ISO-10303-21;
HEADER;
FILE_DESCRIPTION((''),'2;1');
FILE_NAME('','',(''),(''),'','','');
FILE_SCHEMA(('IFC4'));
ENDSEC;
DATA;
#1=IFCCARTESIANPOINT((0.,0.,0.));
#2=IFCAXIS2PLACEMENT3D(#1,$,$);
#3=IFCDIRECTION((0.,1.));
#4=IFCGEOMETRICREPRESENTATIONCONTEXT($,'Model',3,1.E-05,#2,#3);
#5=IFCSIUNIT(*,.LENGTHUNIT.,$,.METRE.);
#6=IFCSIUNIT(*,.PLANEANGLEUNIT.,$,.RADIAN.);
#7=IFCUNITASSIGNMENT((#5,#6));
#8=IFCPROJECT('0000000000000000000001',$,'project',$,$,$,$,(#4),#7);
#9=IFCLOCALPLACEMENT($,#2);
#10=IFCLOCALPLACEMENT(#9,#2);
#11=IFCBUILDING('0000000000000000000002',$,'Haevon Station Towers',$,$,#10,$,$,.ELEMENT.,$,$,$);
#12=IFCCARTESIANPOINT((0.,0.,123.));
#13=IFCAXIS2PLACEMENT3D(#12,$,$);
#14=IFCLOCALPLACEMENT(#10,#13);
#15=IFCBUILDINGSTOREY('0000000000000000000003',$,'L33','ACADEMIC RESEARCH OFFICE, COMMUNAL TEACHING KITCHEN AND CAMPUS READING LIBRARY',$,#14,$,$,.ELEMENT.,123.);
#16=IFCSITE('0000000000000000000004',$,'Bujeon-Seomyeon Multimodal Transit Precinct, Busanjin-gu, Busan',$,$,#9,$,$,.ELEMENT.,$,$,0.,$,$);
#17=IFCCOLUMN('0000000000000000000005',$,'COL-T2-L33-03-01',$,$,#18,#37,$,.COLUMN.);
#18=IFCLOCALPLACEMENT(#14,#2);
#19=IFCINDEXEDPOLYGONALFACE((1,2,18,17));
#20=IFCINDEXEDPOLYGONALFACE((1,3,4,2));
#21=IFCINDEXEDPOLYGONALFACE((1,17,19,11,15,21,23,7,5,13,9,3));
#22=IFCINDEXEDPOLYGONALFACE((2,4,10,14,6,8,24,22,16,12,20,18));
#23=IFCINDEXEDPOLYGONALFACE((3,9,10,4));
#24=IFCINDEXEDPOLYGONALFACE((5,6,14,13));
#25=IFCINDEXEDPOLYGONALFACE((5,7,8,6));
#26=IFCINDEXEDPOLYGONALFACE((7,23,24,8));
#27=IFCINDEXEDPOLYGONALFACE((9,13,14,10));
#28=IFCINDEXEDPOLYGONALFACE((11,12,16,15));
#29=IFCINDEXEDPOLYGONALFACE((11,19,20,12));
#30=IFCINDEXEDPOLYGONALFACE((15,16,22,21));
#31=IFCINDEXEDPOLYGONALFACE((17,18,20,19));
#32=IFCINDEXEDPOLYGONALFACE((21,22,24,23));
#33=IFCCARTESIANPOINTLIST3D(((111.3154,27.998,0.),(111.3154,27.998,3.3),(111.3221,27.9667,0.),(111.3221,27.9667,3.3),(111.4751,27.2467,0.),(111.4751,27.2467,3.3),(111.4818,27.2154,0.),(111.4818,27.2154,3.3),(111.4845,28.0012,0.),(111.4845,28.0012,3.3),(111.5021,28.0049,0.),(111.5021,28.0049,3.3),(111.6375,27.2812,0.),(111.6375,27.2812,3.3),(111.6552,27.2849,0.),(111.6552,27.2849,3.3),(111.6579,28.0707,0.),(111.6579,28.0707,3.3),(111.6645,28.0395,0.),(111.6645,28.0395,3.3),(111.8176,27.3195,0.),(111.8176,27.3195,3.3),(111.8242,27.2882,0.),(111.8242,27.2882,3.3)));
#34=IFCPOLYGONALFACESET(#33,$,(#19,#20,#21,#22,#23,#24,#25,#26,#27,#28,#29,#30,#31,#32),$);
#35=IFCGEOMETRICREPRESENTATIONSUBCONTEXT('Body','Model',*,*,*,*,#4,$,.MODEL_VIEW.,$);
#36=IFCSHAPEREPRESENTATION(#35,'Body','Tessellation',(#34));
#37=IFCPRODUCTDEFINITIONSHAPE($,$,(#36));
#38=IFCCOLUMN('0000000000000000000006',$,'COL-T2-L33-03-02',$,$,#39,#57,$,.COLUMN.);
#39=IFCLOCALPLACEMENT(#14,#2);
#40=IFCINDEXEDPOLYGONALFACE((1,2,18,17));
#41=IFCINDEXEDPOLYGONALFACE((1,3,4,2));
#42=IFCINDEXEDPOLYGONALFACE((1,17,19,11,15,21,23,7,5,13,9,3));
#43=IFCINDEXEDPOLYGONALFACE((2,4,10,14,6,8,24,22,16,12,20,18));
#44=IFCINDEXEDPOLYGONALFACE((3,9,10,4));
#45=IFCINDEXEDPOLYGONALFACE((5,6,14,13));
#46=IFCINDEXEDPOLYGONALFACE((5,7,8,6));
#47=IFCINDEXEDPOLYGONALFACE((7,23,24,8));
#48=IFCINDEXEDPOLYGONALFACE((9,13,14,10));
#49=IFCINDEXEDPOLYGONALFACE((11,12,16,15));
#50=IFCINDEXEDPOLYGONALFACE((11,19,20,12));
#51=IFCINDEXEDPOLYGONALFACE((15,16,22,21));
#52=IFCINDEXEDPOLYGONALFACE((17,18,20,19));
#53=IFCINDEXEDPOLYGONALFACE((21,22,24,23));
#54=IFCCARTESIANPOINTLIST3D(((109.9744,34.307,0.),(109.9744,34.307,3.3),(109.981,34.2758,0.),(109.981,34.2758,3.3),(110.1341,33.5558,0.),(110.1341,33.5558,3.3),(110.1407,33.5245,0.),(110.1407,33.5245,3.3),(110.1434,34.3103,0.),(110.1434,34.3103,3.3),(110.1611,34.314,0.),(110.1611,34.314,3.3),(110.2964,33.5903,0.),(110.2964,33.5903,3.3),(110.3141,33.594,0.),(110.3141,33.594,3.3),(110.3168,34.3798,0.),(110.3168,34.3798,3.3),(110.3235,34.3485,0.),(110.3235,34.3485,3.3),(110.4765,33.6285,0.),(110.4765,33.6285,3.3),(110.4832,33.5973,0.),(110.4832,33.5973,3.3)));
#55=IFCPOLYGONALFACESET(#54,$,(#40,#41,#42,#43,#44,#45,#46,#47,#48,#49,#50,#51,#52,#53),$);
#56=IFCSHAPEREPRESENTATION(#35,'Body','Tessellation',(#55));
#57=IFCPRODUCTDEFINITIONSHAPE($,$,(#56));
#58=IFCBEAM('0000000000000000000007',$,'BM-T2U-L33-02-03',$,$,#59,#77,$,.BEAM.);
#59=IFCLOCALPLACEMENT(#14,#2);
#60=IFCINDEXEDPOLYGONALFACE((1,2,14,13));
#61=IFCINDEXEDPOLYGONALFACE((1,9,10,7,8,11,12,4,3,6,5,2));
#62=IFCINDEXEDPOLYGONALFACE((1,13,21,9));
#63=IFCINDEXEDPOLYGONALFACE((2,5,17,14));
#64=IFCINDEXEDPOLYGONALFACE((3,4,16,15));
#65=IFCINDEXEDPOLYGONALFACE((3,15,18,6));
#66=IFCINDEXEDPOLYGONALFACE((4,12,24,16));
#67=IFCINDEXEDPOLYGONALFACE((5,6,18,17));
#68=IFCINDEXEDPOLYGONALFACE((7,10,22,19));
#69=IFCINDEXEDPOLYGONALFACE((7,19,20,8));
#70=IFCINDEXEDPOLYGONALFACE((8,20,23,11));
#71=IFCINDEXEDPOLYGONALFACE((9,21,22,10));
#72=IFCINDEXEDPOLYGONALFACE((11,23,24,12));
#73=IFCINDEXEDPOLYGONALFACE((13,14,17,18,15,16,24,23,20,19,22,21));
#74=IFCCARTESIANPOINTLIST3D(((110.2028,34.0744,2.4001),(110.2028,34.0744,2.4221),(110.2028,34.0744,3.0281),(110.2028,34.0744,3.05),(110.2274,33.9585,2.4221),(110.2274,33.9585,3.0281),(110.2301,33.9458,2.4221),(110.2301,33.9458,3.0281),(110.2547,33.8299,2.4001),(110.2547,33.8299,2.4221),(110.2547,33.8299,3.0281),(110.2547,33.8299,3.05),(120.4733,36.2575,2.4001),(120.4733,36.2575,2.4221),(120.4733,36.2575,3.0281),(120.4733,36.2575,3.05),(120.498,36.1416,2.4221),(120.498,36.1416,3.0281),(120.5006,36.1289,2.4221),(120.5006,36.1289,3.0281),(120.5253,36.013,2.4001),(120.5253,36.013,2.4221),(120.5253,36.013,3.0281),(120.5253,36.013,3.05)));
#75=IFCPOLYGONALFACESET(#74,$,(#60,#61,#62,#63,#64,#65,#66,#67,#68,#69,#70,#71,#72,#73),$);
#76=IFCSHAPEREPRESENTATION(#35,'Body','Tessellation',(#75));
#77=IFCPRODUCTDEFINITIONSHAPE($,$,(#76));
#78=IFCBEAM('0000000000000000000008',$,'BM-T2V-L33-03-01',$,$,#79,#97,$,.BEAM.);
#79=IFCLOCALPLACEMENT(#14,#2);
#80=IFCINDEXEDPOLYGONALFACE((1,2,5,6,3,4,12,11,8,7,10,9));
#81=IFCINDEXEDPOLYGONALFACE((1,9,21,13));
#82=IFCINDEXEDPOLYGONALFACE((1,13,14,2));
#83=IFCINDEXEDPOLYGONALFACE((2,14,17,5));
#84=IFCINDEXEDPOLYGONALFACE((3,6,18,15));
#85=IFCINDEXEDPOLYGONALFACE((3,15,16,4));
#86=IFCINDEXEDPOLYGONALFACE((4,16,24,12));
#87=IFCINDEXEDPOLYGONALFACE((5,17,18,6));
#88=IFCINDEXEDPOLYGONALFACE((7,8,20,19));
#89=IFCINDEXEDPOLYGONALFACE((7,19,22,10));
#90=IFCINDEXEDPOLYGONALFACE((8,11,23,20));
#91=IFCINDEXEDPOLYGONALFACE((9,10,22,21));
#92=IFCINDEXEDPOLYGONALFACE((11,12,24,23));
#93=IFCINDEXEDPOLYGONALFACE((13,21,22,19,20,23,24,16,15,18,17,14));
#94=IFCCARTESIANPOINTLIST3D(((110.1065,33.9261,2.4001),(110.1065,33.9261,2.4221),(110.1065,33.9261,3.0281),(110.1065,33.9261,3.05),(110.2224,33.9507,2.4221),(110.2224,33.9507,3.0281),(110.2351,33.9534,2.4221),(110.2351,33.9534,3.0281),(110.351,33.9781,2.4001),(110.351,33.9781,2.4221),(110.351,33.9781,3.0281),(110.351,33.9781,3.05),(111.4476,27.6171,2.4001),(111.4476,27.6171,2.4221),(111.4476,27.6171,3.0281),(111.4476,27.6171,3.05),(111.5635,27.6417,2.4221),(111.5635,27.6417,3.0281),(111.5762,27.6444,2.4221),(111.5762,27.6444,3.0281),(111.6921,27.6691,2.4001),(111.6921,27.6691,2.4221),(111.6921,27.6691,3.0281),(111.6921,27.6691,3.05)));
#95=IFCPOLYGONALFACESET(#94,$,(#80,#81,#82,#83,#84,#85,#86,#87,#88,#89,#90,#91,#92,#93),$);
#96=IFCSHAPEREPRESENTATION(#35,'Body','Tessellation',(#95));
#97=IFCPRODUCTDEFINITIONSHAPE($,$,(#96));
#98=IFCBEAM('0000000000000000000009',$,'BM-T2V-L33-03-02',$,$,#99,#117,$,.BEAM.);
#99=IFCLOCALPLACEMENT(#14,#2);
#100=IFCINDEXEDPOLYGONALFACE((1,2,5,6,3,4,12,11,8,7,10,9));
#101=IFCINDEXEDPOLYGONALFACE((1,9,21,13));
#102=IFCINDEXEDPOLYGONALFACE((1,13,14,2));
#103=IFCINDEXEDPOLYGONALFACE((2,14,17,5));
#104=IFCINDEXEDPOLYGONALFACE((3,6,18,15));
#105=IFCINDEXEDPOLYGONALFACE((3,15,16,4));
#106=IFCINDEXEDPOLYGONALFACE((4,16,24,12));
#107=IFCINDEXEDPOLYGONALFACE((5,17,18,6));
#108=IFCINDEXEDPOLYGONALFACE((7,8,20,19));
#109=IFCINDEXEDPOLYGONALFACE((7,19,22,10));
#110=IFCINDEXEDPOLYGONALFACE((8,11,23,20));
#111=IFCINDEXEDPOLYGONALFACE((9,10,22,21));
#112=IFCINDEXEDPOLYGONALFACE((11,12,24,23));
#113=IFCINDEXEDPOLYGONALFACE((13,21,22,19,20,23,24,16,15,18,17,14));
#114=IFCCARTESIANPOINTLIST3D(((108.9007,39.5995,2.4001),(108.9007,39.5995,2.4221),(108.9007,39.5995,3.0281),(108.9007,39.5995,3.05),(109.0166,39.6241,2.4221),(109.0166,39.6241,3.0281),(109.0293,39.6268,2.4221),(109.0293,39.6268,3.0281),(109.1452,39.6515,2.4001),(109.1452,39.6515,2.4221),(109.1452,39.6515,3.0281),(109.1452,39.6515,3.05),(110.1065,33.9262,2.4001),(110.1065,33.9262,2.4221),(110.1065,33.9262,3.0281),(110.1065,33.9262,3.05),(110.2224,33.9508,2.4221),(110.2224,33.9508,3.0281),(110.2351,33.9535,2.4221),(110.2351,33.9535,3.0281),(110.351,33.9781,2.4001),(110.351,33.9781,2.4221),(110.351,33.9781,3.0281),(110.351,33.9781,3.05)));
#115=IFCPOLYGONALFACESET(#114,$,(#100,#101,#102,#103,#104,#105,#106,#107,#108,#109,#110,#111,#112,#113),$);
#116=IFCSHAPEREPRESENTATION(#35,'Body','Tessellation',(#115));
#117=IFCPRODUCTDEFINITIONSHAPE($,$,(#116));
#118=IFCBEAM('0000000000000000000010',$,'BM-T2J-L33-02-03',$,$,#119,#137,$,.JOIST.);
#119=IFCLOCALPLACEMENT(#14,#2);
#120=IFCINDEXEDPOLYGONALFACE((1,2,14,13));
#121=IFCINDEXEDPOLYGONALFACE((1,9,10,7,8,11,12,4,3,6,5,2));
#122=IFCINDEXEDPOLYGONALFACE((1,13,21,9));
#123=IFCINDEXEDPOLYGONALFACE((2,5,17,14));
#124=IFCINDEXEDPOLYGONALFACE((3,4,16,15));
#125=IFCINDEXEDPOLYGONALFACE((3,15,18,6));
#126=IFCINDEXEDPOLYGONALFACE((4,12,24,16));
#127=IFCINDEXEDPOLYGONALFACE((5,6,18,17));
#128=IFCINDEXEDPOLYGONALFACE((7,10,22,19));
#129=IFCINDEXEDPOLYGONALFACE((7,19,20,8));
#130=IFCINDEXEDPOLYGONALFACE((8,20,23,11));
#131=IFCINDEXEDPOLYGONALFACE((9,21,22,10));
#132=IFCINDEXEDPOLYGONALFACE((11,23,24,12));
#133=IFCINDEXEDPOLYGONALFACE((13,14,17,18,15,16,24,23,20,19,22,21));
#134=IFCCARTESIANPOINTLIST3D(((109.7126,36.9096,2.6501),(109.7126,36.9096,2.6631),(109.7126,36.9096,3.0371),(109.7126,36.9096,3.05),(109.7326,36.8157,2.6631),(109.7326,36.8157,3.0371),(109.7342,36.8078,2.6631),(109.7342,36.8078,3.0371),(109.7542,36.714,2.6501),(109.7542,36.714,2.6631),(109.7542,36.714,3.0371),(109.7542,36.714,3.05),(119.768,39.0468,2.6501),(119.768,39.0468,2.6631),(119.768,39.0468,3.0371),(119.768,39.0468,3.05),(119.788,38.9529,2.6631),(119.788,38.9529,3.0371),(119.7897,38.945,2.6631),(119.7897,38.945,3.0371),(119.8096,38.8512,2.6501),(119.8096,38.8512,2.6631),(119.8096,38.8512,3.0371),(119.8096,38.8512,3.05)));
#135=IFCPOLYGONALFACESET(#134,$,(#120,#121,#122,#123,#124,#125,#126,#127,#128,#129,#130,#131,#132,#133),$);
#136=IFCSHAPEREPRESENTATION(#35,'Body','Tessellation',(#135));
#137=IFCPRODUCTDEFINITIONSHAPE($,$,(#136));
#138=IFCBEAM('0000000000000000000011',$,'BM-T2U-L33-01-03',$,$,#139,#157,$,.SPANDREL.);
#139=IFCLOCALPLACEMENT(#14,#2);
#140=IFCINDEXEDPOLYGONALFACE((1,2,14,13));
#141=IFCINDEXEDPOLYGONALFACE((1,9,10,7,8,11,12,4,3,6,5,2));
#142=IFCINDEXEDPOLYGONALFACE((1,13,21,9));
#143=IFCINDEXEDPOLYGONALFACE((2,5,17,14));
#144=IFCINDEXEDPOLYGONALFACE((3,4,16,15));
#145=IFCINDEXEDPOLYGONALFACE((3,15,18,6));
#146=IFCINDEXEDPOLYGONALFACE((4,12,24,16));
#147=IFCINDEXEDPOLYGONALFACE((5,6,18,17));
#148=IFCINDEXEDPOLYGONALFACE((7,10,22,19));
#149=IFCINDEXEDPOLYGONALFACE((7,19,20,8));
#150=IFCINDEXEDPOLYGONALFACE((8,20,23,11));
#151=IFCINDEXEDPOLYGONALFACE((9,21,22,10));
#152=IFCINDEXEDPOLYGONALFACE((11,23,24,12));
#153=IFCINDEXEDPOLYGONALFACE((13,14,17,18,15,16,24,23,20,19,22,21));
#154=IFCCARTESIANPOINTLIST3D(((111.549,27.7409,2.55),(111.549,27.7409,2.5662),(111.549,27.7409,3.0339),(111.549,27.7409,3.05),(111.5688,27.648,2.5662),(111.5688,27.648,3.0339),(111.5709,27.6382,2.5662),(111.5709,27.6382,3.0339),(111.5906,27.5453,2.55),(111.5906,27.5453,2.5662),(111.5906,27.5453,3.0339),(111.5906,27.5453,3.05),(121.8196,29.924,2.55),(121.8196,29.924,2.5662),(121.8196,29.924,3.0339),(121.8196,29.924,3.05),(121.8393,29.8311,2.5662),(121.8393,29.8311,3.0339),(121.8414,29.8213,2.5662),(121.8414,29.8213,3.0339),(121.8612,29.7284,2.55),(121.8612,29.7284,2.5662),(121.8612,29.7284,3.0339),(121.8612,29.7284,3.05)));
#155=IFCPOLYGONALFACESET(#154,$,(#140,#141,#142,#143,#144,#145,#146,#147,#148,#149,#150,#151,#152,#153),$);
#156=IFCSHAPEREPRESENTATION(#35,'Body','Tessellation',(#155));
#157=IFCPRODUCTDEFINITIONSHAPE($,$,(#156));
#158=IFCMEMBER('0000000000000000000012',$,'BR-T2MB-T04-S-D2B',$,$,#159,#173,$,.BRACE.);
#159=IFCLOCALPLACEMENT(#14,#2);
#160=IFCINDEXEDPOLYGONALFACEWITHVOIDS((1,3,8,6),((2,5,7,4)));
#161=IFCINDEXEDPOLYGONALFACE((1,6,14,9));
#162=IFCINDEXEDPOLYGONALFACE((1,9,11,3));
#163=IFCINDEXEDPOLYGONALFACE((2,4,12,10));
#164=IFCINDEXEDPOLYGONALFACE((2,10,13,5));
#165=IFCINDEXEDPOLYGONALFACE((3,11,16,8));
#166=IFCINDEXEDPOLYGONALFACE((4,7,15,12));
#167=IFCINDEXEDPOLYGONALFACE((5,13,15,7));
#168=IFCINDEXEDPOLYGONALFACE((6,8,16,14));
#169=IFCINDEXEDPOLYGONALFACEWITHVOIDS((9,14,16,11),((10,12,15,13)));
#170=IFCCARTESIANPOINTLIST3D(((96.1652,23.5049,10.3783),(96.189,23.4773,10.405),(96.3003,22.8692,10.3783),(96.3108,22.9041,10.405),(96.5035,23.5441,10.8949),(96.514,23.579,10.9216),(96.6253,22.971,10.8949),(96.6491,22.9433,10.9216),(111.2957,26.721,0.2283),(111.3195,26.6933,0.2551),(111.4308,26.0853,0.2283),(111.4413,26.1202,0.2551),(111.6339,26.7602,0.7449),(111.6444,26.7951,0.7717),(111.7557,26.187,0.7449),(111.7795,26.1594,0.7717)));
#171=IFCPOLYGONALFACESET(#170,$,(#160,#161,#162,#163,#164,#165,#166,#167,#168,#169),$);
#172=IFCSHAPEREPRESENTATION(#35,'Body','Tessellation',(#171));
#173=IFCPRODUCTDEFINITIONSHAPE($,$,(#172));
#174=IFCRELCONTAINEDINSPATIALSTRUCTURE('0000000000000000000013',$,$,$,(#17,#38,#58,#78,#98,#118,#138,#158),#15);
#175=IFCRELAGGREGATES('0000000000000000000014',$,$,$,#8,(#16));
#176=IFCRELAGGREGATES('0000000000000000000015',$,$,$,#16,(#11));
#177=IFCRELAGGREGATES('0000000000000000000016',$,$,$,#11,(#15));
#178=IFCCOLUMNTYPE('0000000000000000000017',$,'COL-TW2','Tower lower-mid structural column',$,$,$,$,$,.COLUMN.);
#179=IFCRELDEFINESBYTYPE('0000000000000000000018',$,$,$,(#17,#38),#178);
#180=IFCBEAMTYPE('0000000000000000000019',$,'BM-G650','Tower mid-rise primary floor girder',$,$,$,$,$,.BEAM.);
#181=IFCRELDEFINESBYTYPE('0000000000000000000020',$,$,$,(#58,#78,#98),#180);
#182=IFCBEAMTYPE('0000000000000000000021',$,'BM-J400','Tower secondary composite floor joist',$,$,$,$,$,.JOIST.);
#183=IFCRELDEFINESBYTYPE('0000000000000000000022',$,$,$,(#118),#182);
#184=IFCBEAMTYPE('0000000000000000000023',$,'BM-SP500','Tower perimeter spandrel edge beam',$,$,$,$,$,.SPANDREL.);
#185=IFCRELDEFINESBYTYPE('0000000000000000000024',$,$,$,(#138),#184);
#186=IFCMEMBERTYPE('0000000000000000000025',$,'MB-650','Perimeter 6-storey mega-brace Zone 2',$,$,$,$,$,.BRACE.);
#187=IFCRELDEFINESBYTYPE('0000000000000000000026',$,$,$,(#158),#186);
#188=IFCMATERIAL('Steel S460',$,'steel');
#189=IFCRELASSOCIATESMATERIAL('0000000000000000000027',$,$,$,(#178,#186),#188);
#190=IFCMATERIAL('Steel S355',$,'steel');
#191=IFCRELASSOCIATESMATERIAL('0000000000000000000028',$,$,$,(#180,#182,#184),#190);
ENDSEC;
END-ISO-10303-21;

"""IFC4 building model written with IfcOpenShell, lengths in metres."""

from ifc_helpers import new_model, si_unit, direction, frame, origin, origin_2d, place, context, subcontext, project, spatial, hollow_rectangle, i_section, extrude, material, material_profile, profile_set, type_object, element, save


model = new_model("IFC4")

# Units and contexts
model_context = context("Model", 3, precision=1e-05, world=origin(), true_north=direction((0.0, 1.0)))
body_context = subcontext(model_context, "Body", "Model", "MODEL_VIEW")
ifc_project = project(units=[si_unit("LENGTHUNIT", "METRE"), si_unit("PLANEANGLEUNIT", "RADIAN")], contexts=[model_context])

# Site, building, storey
site_placement = place(None, origin())
site = spatial("IfcSite", under=ifc_project, at=site_placement, Name="Bujeon-Seomyeon Multimodal Transit Precinct, Busanjin-gu, Busan", CompositionType="ELEMENT", RefElevation=0.0)
building_placement = place(site_placement, origin())
building = spatial("IfcBuilding", under=site, at=building_placement, Name="Haevon Station Towers", CompositionType="ELEMENT")
storey_placement = place(building_placement, frame((0.0, 0.0, 123.0)))
storey = spatial("IfcBuildingStorey", under=building, at=storey_placement, Name="L33", Description="ACADEMIC RESEARCH OFFICE, COMMUNAL TEACHING KITCHEN AND CAMPUS READING LIBRARY", CompositionType="ELEMENT", Elevation=123.0)

# Columns
ifc_material_1 = material(Name="Steel S460", Category="steel")
ifc_material_profile_1 = material_profile(ifc_material_1, i_section(OverallWidth=0.3501, OverallDepth=0.8, WebThickness=0.0181, FlangeThickness=0.032, at=origin_2d()), Name="H-800x350x18x32")
ifc_profile_set_1 = profile_set([ifc_material_profile_1], Name="Steel S460")
column_type = type_object("IfcColumnType", Name="COL-TW2", Description="Tower lower-mid structural column", PredefinedType="COLUMN", material=ifc_profile_set_1)
for number, where, z_axis, x_axis, name in (
    (1, (111.5698, 27.6431, 0.0), (0.0, 0.0, 1.0), (0.978148, 0.207912, 0.0), "COL-T2-L33-03-01"),
    (2, (110.2288, 33.9521, 0.0), (0.0, 0.0, 1.0), (0.978148, 0.207912, 0.0), "COL-T2-L33-03-02"),
):
    element("IfcColumn", number, at=place(storey_placement, frame(where, z_axis=z_axis, x_axis=x_axis)), inside=storey, type_object=column_type, Name=name, PredefinedType="COLUMN", context=body_context, shape_type="SweptSolid", body=[
        extrude(i_section(OverallWidth=0.3501, OverallDepth=0.8, WebThickness=0.0181, FlangeThickness=0.032, at=origin_2d()), origin(), (0.0, 0.0, 1.0), 3.3),
    ])

# Beams
ifc_material_2 = material(Name="Steel S355", Category="steel")
ifc_material_profile_2 = material_profile(ifc_material_2, i_section(OverallWidth=0.25, OverallDepth=0.6499, WebThickness=0.0129, FlangeThickness=0.022, at=origin_2d()), Name="H-650x250x13x22")
ifc_profile_set_2 = profile_set([ifc_material_profile_2], Name="Steel S355")
beam_type_1 = type_object("IfcBeamType", Name="BM-G650", Description="Tower mid-rise primary floor girder", PredefinedType="BEAM", material=ifc_profile_set_2)
beam_1_placement = place(storey_placement, frame((110.2288, 33.9521, 2.7251), z_axis=(0.978147, 0.207915, 0.0), x_axis=(-0.207915, 0.978147, 0.0)))
element("IfcBeam", 3, at=beam_1_placement, inside=storey, type_object=beam_type_1, Name="BM-T2U-L33-02-03", PredefinedType="BEAM", context=body_context, shape_type="SweptSolid", body=[
    extrude(i_section(OverallWidth=0.25, OverallDepth=0.6499, WebThickness=0.0129, FlangeThickness=0.022, at=origin_2d()), origin(), (0.0, 0.0, 1.0), 10.5),
])
beam_2_placement = place(storey_placement, frame((111.5698, 27.6431, 2.7251), z_axis=(-0.207916, 0.978147, 0.0), x_axis=(-0.978147, -0.207916, 0.0)))
element("IfcBeam", 4, at=beam_2_placement, inside=storey, type_object=beam_type_1, Name="BM-T2V-L33-03-01", PredefinedType="BEAM", context=body_context, shape_type="SweptSolid", body=[
    extrude(i_section(OverallWidth=0.25, OverallDepth=0.6499, WebThickness=0.0129, FlangeThickness=0.022, at=origin_2d()), origin(), (0.0, 0.0, 1.0), 6.45),
])
beam_3_placement = place(storey_placement, frame((110.2288, 33.9521, 2.7251), z_axis=(-0.207896, 0.978151, 0.0), x_axis=(-0.978151, -0.207896, 0.0)))
element("IfcBeam", 5, at=beam_3_placement, inside=storey, type_object=beam_type_1, Name="BM-T2V-L33-03-02", PredefinedType="BEAM", context=body_context, shape_type="SweptSolid", body=[
    extrude(i_section(OverallWidth=0.25, OverallDepth=0.6499, WebThickness=0.0129, FlangeThickness=0.022, at=origin_2d()), origin(), (0.0, 0.0, 1.0), 5.8),
])
ifc_material_profile_3 = material_profile(ifc_material_2, i_section(OverallWidth=0.2, OverallDepth=0.3999, WebThickness=0.0081, FlangeThickness=0.0129, at=origin_2d()), Name="H-400x200x8x13")
ifc_profile_set_3 = profile_set([ifc_material_profile_3], Name="Steel S355")
beam_type_2 = type_object("IfcBeamType", Name="BM-J400", Description="Tower secondary composite floor joist", PredefinedType="JOIST", material=ifc_profile_set_3)
beam_4_placement = place(storey_placement, frame((109.7334, 36.8118, 2.8501), z_axis=(0.97815, 0.207899, 0.0), x_axis=(-0.207899, 0.97815, 0.0)))
element("IfcBeam", 6, at=beam_4_placement, inside=storey, type_object=beam_type_2, Name="BM-T2J-L33-02-03", PredefinedType="JOIST", context=body_context, shape_type="SweptSolid", body=[
    extrude(i_section(OverallWidth=0.2, OverallDepth=0.3999, WebThickness=0.0081, FlangeThickness=0.0129, at=origin_2d()), origin(), (0.0, 0.0, 1.0), 10.28),
])
ifc_material_profile_4 = material_profile(ifc_material_2, i_section(OverallWidth=0.2, OverallDepth=0.5, WebThickness=0.01, FlangeThickness=0.0161, at=origin_2d()), Name="H-500x200x10x16")
ifc_profile_set_4 = profile_set([ifc_material_profile_4], Name="Steel S355")
beam_type_3 = type_object("IfcBeamType", Name="BM-SP500", Description="Tower perimeter spandrel edge beam", PredefinedType="SPANDREL", material=ifc_profile_set_4)
beam_5_placement = place(storey_placement, frame((111.5698, 27.6431, 2.8), z_axis=(0.978147, 0.207915, 0.0), x_axis=(-0.207915, 0.978147, 0.0)))
element("IfcBeam", 7, at=beam_5_placement, inside=storey, type_object=beam_type_3, Name="BM-T2U-L33-01-03", PredefinedType="SPANDREL", context=body_context, shape_type="SweptSolid", body=[
    extrude(i_section(OverallWidth=0.2, OverallDepth=0.5, WebThickness=0.01, FlangeThickness=0.0161, at=origin_2d()), origin(), (0.0, 0.0, 1.0), 10.5),
])

# Member
ifc_material_profile_5 = material_profile(ifc_material_1, hollow_rectangle(XDim=0.6499, YDim=0.6499, WallThickness=0.032, at=origin_2d()), Name="RHS-650x650x32")
ifc_profile_set_5 = profile_set([ifc_material_profile_5], Name="Steel S460")
member_type = type_object("IfcMemberType", Name="MB-650", Description="Perimeter 6-storey mega-brace Zone 2", PredefinedType="BRACE", material=ifc_profile_set_5)
member_placement = place(storey_placement, frame((111.5376, 26.4402, 0.5), z_axis=(-0.817808, -0.173831, 0.54861), x_axis=(0.207912, -0.978148, 0.0)))
element("IfcMember", 8, at=member_placement, inside=storey, type_object=member_type, Name="BR-T2MB-T04-S-D2B", PredefinedType="BRACE", context=body_context, shape_type="SweptSolid", body=[
    extrude(hollow_rectangle(XDim=0.6499, YDim=0.6499, WallThickness=0.032, at=origin_2d()), origin(), (0.0, 0.0, 1.0), 18.5012),
])

save(model, "model.ifc")
